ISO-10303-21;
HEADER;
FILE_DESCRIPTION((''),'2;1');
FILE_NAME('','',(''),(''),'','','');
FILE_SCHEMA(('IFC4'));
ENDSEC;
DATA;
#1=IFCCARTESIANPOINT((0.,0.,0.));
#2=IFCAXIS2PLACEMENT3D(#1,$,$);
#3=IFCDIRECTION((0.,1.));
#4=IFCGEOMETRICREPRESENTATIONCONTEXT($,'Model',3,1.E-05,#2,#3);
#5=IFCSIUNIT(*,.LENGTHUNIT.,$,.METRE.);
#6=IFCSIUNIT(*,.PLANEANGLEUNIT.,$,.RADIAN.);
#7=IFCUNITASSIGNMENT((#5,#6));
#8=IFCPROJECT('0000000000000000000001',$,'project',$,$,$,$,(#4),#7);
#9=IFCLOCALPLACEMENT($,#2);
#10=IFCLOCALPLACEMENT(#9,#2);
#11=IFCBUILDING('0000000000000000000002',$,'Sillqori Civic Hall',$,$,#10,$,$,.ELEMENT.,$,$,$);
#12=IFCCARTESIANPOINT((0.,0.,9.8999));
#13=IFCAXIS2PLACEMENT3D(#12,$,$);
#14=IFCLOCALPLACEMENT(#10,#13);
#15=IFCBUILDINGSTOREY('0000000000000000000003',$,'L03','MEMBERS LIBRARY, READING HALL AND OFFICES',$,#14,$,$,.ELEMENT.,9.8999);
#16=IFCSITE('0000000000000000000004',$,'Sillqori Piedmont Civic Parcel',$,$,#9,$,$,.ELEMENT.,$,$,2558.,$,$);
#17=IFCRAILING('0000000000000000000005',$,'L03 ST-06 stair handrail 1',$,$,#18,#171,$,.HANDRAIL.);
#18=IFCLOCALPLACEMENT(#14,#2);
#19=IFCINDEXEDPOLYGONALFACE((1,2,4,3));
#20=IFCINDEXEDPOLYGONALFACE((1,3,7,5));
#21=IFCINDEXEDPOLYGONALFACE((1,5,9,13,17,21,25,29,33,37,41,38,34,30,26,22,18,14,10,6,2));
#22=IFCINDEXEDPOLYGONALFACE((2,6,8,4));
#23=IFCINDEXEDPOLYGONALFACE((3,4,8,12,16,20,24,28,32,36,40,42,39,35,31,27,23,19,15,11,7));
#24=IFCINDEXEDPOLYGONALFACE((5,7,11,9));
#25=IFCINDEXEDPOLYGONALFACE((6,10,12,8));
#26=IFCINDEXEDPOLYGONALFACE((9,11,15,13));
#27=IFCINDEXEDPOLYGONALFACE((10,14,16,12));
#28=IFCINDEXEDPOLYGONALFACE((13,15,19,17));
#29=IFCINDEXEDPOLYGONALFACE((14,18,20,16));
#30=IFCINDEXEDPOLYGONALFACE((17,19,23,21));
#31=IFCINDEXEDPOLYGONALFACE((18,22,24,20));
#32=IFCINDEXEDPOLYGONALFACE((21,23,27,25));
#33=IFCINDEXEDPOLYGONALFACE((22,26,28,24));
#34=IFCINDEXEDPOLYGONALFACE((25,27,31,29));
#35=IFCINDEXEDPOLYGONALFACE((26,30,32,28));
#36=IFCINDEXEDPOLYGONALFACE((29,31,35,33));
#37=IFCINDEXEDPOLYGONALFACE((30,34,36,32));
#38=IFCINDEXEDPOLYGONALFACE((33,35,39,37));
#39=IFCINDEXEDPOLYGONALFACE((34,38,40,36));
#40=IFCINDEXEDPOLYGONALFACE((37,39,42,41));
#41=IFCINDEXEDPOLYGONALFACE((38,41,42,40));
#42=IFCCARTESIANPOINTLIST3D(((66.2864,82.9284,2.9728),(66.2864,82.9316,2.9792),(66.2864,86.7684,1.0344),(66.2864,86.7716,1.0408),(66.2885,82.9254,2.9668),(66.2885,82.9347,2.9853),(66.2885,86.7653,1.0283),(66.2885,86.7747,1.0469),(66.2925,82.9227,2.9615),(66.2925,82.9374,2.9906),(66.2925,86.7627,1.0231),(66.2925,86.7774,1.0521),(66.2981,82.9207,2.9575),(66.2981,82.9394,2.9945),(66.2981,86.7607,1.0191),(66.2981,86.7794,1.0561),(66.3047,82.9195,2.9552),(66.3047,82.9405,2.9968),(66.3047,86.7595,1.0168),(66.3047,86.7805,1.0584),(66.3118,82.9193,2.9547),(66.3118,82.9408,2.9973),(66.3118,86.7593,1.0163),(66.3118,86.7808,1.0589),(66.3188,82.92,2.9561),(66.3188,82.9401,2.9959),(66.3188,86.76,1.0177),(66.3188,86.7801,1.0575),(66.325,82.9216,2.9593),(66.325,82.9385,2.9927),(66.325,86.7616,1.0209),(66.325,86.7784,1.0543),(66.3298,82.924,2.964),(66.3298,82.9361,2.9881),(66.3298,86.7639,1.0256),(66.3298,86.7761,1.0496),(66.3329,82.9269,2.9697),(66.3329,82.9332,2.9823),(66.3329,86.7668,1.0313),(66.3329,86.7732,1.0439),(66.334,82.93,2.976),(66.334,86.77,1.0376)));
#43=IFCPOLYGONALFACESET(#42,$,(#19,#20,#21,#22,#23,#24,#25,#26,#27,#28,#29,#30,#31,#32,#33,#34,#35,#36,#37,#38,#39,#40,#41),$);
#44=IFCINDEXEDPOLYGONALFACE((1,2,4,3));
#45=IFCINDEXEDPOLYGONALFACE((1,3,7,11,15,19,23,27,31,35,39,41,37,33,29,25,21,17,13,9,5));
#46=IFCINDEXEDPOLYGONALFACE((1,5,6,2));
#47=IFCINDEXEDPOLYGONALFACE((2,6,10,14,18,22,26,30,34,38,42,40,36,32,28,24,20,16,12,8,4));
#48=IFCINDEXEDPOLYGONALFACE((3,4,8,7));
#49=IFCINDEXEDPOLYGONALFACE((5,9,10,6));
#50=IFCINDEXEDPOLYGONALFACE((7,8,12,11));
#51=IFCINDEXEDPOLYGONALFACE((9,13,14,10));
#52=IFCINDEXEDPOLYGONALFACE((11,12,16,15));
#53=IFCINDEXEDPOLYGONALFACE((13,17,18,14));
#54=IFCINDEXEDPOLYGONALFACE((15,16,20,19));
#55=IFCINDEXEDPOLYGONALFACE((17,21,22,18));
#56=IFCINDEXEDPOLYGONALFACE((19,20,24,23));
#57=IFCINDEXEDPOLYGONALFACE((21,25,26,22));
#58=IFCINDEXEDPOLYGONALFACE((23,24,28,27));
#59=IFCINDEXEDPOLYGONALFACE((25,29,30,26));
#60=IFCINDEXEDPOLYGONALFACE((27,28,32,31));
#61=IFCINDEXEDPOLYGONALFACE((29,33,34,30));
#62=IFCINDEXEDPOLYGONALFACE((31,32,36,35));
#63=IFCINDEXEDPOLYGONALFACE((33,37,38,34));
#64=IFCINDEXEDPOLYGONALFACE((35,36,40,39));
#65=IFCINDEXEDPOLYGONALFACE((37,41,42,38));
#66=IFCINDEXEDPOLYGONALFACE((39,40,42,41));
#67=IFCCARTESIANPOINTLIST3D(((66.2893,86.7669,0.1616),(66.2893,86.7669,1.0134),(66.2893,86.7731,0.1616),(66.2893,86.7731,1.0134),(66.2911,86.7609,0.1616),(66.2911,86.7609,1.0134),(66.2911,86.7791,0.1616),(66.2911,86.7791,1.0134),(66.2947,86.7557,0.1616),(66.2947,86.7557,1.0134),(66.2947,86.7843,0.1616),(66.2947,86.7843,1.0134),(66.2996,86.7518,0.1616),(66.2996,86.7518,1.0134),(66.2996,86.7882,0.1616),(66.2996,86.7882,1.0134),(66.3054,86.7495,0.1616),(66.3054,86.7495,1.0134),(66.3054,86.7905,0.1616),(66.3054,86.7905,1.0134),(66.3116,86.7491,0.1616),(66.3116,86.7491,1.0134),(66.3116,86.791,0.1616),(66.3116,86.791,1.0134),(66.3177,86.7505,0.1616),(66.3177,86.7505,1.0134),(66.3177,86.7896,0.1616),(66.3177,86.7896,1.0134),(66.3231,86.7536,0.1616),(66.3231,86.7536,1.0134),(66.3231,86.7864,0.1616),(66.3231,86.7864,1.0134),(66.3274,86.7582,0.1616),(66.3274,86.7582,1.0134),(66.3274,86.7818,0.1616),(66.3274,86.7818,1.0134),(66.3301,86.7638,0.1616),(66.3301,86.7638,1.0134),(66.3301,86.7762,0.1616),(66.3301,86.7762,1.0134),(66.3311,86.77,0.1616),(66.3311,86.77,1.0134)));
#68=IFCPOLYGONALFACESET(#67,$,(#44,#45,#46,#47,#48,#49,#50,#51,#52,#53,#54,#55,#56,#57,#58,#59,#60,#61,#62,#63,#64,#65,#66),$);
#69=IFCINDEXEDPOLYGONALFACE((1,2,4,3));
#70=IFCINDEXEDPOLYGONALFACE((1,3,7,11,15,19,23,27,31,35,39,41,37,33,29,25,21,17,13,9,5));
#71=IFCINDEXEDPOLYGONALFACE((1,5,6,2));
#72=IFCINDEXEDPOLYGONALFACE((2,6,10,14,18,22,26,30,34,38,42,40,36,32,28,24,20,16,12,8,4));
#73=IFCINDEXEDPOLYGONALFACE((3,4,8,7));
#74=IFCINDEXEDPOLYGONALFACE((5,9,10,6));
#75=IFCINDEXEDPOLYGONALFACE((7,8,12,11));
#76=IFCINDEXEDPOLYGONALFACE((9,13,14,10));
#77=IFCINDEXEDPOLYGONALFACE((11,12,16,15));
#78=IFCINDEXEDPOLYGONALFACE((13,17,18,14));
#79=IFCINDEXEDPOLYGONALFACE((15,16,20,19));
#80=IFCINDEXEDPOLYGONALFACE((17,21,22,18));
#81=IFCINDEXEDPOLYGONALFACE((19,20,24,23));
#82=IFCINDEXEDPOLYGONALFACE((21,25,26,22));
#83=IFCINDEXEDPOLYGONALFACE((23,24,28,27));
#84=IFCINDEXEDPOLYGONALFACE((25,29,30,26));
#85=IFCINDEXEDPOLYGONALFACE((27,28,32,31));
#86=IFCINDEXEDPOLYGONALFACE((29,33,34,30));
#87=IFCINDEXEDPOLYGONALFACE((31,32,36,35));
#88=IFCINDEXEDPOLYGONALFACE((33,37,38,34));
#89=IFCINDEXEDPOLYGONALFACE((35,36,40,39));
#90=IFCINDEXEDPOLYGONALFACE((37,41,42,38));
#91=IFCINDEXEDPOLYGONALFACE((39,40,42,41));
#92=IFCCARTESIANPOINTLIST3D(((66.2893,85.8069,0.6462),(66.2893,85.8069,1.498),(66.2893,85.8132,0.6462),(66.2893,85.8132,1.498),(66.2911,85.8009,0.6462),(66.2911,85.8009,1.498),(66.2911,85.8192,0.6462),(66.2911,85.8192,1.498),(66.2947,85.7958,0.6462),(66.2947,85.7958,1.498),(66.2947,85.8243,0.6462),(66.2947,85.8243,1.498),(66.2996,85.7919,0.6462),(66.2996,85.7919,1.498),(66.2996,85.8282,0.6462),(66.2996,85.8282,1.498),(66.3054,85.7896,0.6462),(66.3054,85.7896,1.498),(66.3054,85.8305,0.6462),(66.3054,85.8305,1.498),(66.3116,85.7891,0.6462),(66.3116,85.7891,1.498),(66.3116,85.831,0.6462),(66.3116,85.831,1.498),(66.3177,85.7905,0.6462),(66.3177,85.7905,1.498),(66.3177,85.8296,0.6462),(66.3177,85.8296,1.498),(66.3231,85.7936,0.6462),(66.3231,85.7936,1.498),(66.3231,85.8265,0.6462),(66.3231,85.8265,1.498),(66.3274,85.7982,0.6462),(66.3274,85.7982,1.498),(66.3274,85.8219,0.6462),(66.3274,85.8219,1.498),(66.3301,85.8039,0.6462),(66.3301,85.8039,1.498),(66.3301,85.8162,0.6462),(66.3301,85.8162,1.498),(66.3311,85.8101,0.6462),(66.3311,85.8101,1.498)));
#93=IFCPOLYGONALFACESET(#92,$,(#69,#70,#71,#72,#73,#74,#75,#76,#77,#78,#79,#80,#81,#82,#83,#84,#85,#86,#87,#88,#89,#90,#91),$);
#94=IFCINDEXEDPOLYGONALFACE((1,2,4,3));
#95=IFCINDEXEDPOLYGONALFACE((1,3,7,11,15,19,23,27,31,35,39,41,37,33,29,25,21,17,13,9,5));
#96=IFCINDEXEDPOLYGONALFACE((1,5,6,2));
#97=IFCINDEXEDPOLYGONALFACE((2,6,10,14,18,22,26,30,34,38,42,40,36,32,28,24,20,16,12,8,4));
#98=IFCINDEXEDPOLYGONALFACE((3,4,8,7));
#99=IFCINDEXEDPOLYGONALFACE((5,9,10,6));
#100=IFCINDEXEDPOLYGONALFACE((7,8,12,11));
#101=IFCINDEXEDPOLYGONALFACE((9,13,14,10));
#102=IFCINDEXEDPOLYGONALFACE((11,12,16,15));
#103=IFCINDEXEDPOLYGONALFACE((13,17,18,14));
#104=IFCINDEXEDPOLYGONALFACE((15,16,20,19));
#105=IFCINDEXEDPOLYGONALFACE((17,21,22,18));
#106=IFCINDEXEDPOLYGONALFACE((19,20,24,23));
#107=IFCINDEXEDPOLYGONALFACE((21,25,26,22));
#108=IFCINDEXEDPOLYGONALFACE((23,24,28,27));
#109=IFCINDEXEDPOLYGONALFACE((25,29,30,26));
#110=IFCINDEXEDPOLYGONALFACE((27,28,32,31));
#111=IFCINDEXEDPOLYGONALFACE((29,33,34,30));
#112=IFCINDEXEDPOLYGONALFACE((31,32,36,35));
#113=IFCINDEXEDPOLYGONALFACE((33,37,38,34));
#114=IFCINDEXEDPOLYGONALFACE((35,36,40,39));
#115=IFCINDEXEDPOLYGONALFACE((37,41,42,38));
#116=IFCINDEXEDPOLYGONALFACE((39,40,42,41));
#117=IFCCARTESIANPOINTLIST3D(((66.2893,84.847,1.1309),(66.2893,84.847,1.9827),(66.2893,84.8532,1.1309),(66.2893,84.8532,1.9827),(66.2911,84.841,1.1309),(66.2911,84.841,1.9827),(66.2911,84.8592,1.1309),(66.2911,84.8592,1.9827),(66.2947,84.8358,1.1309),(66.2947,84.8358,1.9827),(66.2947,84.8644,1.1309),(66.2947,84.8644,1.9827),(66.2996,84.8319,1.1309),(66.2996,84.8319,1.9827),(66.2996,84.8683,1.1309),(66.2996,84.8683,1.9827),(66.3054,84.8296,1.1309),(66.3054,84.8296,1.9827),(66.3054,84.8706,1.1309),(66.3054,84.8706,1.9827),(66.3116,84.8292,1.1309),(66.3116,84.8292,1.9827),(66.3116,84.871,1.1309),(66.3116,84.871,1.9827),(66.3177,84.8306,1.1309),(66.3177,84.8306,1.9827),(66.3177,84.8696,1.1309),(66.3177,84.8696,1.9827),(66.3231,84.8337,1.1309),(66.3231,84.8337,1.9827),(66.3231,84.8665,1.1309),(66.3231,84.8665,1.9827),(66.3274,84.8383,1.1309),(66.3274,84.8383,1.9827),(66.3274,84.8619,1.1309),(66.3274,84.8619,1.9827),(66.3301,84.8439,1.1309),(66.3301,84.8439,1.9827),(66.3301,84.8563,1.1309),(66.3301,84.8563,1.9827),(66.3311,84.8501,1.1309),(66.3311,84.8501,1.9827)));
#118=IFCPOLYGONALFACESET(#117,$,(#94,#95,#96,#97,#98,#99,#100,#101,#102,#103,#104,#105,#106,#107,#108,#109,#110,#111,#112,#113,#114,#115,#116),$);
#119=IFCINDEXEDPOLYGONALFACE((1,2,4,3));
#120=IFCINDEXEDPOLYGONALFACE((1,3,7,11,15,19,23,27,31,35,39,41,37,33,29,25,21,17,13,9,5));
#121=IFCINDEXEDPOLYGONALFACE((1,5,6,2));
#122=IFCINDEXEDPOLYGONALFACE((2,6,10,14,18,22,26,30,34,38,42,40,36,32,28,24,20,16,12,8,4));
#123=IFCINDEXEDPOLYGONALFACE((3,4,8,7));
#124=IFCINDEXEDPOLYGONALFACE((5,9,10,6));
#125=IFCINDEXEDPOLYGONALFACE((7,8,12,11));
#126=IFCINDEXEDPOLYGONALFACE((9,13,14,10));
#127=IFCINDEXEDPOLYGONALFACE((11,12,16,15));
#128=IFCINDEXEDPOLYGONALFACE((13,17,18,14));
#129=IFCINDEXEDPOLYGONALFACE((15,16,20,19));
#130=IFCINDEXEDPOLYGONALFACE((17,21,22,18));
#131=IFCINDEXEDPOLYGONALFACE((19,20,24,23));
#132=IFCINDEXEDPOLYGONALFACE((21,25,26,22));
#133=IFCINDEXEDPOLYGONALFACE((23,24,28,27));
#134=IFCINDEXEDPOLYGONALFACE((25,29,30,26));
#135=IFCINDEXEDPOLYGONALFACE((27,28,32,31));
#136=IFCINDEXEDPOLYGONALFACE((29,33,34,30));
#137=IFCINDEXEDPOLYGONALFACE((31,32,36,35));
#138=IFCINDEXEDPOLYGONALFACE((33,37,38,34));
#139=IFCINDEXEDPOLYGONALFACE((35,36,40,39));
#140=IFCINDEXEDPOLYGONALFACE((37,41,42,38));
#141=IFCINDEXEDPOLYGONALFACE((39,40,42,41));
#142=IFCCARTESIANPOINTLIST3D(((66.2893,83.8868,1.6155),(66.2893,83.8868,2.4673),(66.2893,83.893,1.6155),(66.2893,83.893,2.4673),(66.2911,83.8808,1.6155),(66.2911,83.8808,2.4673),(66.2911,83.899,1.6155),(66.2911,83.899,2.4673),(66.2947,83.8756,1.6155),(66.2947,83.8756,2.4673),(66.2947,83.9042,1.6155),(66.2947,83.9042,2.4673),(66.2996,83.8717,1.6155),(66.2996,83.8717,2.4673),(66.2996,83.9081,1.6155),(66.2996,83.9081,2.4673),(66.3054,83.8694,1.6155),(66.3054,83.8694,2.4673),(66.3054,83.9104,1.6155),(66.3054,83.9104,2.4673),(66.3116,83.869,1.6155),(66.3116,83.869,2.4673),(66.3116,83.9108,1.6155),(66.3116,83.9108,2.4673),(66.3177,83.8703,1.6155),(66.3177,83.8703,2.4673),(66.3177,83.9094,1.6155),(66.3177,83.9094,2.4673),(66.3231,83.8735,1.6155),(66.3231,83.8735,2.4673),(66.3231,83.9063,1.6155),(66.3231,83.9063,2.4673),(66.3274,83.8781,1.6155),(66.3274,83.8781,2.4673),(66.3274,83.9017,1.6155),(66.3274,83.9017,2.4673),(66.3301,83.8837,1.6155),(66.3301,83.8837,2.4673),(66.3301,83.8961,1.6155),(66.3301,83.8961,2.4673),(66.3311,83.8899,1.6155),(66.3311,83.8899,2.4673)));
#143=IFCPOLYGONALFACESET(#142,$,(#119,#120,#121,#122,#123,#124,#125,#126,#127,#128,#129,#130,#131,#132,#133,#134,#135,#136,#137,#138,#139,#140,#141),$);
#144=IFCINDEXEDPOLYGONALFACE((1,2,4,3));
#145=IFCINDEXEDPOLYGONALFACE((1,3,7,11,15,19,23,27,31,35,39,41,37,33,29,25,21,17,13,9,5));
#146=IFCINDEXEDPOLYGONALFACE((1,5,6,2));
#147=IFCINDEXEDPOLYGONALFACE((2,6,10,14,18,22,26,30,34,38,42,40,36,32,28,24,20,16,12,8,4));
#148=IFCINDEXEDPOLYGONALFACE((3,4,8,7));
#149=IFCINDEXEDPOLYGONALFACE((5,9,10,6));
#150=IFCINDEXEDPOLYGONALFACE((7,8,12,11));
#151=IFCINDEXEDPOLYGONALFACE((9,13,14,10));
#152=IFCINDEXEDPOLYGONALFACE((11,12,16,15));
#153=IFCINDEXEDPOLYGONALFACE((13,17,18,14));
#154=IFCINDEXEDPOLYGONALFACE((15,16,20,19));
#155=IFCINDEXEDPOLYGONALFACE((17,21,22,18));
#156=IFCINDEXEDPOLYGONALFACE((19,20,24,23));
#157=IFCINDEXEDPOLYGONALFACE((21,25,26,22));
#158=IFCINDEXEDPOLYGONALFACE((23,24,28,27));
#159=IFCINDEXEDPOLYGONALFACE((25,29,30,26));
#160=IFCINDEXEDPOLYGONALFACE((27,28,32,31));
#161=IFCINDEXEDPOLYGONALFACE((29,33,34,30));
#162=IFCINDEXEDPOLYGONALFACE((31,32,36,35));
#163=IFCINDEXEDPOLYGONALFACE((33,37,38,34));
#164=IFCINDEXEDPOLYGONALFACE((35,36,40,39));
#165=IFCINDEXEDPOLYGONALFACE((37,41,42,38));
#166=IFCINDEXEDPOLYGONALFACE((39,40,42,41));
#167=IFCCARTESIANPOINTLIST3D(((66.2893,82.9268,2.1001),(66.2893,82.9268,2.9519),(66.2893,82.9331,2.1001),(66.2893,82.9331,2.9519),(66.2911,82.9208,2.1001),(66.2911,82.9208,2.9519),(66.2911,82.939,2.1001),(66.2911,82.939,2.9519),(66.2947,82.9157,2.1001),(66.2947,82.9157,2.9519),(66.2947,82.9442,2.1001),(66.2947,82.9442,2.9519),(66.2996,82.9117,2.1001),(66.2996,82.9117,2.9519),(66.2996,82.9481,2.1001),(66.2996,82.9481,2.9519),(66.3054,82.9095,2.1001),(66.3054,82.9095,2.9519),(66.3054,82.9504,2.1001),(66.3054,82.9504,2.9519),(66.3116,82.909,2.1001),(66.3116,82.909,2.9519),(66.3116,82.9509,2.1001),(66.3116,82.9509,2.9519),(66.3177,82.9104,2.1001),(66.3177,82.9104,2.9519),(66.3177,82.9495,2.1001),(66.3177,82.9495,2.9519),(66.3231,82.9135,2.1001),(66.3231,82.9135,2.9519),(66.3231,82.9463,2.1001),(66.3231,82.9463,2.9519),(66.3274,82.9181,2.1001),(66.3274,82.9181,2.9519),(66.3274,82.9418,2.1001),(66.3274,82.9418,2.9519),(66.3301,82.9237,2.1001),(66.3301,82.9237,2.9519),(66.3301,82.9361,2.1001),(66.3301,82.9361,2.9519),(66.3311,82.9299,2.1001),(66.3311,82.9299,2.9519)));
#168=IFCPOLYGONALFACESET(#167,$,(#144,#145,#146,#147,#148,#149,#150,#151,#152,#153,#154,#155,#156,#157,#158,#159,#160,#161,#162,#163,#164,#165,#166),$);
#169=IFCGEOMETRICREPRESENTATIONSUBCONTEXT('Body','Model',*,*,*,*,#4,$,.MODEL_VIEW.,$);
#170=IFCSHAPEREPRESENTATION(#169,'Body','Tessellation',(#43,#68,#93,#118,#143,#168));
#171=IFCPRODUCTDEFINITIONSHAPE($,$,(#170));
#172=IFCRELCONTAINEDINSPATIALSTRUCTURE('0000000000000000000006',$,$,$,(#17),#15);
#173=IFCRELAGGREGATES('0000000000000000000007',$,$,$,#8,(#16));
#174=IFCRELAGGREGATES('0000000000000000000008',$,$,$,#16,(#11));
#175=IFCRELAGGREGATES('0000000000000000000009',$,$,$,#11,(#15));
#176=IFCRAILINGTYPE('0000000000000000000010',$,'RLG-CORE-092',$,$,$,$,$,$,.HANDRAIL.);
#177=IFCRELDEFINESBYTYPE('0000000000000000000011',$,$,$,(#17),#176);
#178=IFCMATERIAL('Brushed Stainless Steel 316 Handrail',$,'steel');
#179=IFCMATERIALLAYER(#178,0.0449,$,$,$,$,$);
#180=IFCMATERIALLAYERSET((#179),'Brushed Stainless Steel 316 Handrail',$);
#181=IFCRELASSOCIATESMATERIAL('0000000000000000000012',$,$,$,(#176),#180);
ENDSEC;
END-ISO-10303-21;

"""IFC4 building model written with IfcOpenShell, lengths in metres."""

from ifc_helpers import new_model, si_unit, direction, frame, origin, origin_2d, place, context, subcontext, project, spatial, circle, extrude, material, layer, layer_set, type_object, element, save


model = new_model("IFC4")

# Units and contexts
model_context = context("Model", 3, precision=1e-05, world=origin(), true_north=direction((0.0, 1.0)))
body_context = subcontext(model_context, "Body", "Model", "MODEL_VIEW")
ifc_project = project(units=[si_unit("LENGTHUNIT", "METRE"), si_unit("PLANEANGLEUNIT", "RADIAN")], contexts=[model_context])

# Site, building, storey
site_placement = place(None, origin())
site = spatial("IfcSite", under=ifc_project, at=site_placement, Name="Sillqori Piedmont Civic Parcel", CompositionType="ELEMENT", RefElevation=2558.0)
building_placement = place(site_placement, origin())
building = spatial("IfcBuilding", under=site, at=building_placement, Name="Sillqori Civic Hall", CompositionType="ELEMENT")
storey_placement = place(building_placement, frame((0.0, 0.0, 9.8999)))
storey = spatial("IfcBuildingStorey", under=building, at=storey_placement, Name="L03", Description="MEMBERS LIBRARY, READING HALL AND OFFICES", CompositionType="ELEMENT", Elevation=9.8999)

# Railing
ifc_material_1 = material(Name="Brushed Stainless Steel 316 Handrail", Category="steel")
ifc_layer_1 = layer(ifc_material_1, 0.0449)
ifc_layer_set_1 = layer_set([ifc_layer_1], Name="Brushed Stainless Steel 316 Handrail")
railing_type_1 = type_object("IfcRailingType", Name="RLG-CORE-092", PredefinedType="HANDRAIL", material=ifc_layer_set_1)
railing_1_placement = place(storey_placement, frame((66.3101, 86.77, 0.1616)))
element("IfcRailing", 1, at=railing_1_placement, inside=storey, type_object=railing_type_1, Name="L03 ST-06 stair handrail 1", PredefinedType="HANDRAIL", context=body_context, shape_type="SweptSolid", body=[
    extrude(circle(Radius=0.0239, at=origin_2d()), frame((0.0, 0.0, 0.876), z_axis=(0.0, -0.892707, 0.450638), x_axis=(1.0, 0.0, 0.0)), (0.0, 0.0, 1.0), 4.3015),
    extrude(circle(Radius=0.021, at=origin_2d()), origin(), (0.0, 0.0, 1.0), 0.8518),
    extrude(circle(Radius=0.021, at=origin_2d()), frame((0.0, -0.96, 0.4846)), (0.0, 0.0, 1.0), 0.8518),
    extrude(circle(Radius=0.021, at=origin_2d()), frame((0.0, -1.9199, 0.9692)), (0.0, 0.0, 1.0), 0.8518),
    extrude(circle(Radius=0.021, at=origin_2d()), frame((0.0, -2.8801, 1.4539)), (0.0, 0.0, 1.0), 0.8518),
    extrude(circle(Radius=0.021, at=origin_2d()), frame((0.0, -3.8401, 1.9385)), (0.0, 0.0, 1.0), 0.8518),
])

save(model, "model.ifc")
